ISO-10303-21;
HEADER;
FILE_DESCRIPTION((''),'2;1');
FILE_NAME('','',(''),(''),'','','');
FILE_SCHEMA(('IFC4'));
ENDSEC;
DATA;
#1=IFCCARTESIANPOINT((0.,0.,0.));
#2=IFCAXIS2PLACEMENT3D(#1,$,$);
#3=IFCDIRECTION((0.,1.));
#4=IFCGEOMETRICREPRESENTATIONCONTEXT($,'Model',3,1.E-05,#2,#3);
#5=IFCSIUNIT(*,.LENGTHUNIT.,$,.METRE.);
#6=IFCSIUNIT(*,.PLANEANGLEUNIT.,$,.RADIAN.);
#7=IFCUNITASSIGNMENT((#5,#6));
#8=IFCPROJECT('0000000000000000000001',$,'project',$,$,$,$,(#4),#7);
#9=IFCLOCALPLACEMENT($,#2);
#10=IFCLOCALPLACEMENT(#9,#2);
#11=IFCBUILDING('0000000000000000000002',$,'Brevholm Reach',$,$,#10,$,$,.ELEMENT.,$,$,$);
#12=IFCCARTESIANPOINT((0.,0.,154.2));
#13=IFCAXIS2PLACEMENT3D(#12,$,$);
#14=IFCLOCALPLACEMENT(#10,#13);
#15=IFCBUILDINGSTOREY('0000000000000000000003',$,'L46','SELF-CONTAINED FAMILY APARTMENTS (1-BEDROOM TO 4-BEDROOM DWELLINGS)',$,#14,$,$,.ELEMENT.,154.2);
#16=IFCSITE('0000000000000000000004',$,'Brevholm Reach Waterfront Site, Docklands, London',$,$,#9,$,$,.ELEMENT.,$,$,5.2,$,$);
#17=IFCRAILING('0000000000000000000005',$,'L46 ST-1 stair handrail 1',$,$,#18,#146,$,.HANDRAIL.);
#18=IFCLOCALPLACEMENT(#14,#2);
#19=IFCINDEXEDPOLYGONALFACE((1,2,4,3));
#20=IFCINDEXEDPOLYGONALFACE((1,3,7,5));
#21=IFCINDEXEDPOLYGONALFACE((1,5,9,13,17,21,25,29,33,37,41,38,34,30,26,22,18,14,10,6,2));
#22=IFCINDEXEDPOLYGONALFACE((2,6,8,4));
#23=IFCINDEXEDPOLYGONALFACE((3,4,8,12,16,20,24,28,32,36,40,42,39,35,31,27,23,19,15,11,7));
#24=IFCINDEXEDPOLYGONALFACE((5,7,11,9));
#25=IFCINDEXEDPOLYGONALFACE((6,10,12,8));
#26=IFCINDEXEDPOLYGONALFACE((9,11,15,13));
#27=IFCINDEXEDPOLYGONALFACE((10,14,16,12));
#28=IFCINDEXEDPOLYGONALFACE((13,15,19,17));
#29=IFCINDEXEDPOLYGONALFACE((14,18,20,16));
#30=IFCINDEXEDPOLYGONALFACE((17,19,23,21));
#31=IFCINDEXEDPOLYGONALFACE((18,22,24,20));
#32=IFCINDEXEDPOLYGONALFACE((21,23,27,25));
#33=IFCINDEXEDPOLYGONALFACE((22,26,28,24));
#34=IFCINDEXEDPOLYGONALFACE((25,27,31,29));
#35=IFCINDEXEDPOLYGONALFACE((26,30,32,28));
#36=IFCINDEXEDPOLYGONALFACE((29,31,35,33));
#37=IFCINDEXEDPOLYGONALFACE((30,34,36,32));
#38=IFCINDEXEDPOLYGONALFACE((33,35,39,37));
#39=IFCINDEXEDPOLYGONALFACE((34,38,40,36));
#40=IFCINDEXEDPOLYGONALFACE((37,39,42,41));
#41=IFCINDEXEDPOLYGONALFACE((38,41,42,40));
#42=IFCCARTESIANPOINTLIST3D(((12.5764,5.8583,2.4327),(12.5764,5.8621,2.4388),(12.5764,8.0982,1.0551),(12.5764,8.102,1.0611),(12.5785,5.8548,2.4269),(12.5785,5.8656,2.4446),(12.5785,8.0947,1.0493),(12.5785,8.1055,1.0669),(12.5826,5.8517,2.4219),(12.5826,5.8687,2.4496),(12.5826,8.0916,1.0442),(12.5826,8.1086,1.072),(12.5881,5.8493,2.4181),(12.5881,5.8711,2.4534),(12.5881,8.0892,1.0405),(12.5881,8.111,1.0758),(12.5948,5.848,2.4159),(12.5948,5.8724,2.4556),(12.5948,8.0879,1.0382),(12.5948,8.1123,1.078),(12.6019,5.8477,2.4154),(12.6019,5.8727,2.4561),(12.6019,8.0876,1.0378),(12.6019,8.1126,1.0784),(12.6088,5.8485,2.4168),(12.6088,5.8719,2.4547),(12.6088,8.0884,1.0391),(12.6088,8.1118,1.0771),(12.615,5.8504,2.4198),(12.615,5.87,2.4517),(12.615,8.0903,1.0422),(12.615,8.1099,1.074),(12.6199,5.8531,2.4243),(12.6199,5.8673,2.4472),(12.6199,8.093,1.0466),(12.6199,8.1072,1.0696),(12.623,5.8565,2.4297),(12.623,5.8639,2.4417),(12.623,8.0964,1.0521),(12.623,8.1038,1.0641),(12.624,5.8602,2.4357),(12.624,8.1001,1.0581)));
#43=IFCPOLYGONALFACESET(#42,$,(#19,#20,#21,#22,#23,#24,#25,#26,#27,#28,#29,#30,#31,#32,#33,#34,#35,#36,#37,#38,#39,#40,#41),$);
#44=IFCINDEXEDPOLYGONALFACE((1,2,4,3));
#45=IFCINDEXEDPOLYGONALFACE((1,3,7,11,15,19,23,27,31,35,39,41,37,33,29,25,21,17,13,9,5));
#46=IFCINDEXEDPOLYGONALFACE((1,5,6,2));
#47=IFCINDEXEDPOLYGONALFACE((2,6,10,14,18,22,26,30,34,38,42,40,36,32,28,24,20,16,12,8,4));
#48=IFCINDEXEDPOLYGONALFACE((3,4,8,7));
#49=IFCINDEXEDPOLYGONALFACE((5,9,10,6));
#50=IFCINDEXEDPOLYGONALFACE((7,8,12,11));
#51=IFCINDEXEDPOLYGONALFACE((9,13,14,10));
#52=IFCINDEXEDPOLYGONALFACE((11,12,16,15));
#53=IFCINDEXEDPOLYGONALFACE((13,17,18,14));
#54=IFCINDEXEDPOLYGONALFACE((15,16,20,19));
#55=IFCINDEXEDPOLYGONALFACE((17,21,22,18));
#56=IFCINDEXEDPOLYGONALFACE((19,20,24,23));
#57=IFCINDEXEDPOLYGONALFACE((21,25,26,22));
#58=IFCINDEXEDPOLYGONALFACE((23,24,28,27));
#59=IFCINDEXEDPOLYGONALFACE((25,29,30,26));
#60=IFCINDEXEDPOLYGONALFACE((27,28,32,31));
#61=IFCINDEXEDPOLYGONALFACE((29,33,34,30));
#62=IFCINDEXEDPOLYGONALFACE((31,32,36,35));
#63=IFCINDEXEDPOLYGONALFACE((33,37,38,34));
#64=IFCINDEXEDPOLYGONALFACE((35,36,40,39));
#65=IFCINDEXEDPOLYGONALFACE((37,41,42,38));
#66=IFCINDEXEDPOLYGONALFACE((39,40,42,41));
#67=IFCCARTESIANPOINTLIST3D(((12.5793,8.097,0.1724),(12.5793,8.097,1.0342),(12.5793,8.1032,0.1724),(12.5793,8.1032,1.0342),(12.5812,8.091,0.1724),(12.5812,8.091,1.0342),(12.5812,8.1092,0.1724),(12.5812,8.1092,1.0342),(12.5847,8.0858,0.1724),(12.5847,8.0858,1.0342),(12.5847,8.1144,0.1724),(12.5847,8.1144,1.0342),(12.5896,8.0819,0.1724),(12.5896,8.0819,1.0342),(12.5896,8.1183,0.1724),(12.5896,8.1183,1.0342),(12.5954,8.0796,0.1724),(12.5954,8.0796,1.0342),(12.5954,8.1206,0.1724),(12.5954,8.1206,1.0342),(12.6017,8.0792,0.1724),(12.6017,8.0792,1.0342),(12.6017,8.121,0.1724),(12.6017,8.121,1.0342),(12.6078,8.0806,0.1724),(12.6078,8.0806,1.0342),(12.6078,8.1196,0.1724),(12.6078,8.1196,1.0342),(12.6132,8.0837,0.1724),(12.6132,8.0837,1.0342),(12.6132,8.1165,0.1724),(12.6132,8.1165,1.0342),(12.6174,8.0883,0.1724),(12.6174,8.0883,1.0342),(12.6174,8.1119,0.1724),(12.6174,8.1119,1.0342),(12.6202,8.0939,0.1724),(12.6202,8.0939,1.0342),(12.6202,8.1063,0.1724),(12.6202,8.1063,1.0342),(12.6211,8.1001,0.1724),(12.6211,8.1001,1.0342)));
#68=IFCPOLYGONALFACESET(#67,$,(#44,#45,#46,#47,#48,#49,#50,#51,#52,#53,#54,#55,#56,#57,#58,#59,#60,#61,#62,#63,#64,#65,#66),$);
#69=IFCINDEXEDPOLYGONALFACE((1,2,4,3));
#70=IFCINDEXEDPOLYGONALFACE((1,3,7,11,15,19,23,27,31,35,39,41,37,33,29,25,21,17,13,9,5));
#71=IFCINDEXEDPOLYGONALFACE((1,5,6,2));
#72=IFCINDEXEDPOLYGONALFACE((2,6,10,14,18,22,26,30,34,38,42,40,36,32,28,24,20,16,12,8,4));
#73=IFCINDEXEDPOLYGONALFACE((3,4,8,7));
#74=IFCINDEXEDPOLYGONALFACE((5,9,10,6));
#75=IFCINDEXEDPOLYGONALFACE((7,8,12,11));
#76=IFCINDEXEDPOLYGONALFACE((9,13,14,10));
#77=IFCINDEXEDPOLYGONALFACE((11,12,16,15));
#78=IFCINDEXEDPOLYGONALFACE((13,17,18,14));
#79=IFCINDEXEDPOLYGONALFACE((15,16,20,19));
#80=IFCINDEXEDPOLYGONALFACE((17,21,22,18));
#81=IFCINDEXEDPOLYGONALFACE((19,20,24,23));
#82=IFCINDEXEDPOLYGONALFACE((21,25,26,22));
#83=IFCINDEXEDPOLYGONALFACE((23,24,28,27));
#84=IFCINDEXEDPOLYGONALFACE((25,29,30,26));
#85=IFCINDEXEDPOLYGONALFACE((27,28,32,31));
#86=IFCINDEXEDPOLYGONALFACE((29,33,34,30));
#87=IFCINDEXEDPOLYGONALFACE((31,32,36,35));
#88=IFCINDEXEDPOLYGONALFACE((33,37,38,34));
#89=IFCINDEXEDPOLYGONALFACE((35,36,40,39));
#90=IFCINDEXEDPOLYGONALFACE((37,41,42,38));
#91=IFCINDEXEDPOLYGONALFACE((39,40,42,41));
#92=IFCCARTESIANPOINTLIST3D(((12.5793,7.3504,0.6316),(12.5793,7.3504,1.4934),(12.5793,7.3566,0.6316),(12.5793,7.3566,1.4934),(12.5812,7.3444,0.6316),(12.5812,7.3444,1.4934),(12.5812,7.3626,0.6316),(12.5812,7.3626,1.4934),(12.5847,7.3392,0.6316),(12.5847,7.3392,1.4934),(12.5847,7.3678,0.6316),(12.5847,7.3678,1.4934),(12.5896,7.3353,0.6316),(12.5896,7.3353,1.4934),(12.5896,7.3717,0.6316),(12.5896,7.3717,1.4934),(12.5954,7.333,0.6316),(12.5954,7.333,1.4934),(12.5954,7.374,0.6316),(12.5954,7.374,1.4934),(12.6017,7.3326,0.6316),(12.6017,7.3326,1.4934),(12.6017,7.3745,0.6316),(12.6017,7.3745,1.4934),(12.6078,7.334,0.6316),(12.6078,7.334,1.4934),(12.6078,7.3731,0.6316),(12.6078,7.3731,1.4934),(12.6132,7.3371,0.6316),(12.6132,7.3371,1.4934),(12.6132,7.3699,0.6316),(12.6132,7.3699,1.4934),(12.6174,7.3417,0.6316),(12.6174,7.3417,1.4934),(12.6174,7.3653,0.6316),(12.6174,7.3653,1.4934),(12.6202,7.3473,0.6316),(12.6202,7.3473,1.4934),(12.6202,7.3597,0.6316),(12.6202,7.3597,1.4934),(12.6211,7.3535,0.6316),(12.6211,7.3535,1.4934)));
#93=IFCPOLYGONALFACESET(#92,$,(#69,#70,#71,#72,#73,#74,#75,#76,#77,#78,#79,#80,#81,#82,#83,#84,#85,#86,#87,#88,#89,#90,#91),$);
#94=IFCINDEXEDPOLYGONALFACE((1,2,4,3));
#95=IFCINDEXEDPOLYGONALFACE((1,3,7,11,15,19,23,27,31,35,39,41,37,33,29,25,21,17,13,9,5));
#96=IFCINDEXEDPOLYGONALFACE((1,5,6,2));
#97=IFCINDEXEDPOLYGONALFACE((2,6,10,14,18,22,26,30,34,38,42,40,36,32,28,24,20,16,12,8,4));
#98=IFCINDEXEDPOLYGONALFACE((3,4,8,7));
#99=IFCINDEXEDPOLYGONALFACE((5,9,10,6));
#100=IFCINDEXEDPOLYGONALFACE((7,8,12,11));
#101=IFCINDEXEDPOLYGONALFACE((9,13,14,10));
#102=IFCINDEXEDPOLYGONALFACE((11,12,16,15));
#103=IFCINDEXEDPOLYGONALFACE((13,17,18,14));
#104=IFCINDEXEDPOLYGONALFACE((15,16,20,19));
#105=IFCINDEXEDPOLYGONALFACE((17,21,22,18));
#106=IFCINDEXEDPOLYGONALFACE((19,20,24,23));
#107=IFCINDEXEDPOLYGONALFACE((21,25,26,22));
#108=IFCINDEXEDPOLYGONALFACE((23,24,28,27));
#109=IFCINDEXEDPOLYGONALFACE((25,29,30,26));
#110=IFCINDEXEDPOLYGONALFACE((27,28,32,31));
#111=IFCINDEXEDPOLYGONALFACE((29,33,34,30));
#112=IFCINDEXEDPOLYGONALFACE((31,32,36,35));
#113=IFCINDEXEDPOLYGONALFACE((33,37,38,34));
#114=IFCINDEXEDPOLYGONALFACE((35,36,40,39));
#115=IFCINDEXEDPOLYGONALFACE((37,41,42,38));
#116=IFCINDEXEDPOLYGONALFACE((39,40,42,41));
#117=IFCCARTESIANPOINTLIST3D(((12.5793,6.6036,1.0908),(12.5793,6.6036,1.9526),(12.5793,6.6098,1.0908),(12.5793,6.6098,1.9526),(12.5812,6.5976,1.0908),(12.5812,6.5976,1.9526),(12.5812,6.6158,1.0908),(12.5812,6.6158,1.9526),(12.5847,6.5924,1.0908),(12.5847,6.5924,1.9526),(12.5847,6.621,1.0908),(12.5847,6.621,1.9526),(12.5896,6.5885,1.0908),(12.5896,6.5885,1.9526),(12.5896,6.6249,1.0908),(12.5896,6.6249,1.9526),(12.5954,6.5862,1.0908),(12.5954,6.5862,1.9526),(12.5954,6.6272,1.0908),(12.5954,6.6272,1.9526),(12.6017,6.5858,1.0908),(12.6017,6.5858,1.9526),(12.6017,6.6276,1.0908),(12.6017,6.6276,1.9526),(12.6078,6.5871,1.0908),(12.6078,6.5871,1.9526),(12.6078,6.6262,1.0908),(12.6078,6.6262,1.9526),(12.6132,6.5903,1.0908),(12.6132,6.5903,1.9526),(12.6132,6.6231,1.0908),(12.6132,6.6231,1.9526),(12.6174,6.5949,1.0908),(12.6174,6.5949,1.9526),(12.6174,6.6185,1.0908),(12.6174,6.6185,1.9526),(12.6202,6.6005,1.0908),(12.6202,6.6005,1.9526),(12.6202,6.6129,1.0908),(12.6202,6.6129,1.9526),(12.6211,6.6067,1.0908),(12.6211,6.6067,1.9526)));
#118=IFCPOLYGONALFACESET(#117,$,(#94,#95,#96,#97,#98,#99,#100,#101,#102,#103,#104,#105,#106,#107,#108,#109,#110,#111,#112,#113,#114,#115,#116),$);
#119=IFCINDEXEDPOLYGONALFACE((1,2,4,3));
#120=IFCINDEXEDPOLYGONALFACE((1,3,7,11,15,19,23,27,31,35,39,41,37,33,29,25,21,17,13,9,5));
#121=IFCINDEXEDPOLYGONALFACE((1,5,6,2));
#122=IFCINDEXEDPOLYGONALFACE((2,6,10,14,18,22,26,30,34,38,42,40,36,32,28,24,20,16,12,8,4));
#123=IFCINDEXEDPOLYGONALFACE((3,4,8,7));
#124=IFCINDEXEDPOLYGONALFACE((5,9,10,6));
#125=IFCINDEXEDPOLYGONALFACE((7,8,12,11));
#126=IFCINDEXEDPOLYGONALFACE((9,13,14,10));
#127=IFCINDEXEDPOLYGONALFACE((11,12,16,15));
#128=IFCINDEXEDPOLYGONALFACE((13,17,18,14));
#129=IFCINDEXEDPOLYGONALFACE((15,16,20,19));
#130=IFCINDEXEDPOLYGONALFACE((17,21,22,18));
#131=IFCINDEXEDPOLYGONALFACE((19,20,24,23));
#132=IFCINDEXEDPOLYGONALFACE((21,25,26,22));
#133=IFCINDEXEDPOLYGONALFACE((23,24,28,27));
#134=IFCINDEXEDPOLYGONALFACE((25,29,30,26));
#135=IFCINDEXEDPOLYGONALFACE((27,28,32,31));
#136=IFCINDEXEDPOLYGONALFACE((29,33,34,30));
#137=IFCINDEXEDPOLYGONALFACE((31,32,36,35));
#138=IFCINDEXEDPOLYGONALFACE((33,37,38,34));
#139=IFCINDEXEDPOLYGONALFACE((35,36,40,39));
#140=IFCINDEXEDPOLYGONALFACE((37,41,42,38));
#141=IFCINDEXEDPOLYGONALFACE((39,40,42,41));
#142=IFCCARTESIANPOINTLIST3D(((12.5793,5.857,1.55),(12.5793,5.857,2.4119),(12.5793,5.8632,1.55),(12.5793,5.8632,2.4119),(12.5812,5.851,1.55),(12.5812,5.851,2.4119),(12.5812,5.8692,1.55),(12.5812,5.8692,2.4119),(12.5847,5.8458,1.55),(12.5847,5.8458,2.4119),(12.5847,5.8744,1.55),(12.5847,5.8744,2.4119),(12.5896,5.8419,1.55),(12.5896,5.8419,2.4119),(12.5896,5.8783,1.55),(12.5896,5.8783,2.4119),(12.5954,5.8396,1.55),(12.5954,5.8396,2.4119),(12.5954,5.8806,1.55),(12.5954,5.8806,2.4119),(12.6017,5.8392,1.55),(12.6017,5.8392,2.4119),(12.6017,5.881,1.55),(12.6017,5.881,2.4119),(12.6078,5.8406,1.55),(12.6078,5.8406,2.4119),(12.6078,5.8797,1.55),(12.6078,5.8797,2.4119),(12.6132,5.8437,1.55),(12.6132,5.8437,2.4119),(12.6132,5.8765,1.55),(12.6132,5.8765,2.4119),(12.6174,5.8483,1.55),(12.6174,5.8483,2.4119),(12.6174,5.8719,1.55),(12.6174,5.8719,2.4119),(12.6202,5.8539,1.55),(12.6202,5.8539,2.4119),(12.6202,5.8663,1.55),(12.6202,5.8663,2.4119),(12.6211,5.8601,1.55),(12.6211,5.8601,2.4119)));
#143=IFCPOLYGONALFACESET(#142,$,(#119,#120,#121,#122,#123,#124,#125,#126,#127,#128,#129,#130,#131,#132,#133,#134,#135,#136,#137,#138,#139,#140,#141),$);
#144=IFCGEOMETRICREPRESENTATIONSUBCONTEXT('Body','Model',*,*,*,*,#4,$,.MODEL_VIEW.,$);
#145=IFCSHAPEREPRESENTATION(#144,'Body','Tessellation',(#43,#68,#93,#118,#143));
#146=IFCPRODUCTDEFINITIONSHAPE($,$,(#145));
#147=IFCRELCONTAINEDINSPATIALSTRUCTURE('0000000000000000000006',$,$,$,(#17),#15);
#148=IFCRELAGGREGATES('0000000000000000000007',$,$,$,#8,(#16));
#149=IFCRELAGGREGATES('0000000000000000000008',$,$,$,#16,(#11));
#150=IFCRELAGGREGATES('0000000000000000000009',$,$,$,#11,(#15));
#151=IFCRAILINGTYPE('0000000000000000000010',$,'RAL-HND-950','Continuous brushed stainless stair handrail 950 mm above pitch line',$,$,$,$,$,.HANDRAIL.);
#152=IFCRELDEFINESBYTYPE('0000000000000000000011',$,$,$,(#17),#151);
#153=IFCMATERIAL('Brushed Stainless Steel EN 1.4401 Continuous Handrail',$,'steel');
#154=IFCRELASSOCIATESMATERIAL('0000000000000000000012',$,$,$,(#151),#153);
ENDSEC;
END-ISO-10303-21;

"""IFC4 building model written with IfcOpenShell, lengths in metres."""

from ifc_helpers import new_model, si_unit, direction, frame, origin, origin_2d, place, context, subcontext, project, spatial, circle, extrude, material, type_object, element, save


model = new_model("IFC4")

# Units and contexts
model_context = context("Model", 3, precision=1e-05, world=origin(), true_north=direction((0.0, 1.0)))
body_context = subcontext(model_context, "Body", "Model", "MODEL_VIEW")
ifc_project = project(units=[si_unit("LENGTHUNIT", "METRE"), si_unit("PLANEANGLEUNIT", "RADIAN")], contexts=[model_context])

# Site, building, storey
site_placement = place(None, origin())
site = spatial("IfcSite", under=ifc_project, at=site_placement, Name="Brevholm Reach Waterfront Site, Docklands, London", CompositionType="ELEMENT", RefElevation=5.2)
building_placement = place(site_placement, origin())
building = spatial("IfcBuilding", under=site, at=building_placement, Name="Brevholm Reach", CompositionType="ELEMENT")
storey_placement = place(building_placement, frame((0.0, 0.0, 154.2)))
storey = spatial("IfcBuildingStorey", under=building, at=storey_placement, Name="L46", Description="SELF-CONTAINED FAMILY APARTMENTS (1-BEDROOM TO 4-BEDROOM DWELLINGS)", CompositionType="ELEMENT", Elevation=154.2)

# Railing
ifc_material_1 = material(Name="Brushed Stainless Steel EN 1.4401 Continuous Handrail", Category="steel")
railing_type_1 = type_object("IfcRailingType", Name="RAL-HND-950", Description="Continuous brushed stainless stair handrail 950 mm above pitch line", PredefinedType="HANDRAIL", material=ifc_material_1)
railing_1_placement = place(storey_placement, frame((12.6001, 8.1001, 0.1724)))
element("IfcRailing", 1, at=railing_1_placement, inside=storey, type_object=railing_type_1, Name="L46 ST-1 stair handrail 1", PredefinedType="HANDRAIL", context=body_context, shape_type="SweptSolid", body=[
    extrude(circle(Radius=0.0239, at=origin_2d()), frame((0.0, 0.0, 0.8857), z_axis=(0.0, -0.851789, 0.523885), x_axis=(1.0, 0.0, 0.0)), (0.0, 0.0, 1.0), 2.6296),
    extrude(circle(Radius=0.021, at=origin_2d()), origin(), (0.0, 0.0, 1.0), 0.8618),
    extrude(circle(Radius=0.021, at=origin_2d()), frame((0.0, -0.7466, 0.4592)), (0.0, 0.0, 1.0), 0.8618),
    extrude(circle(Radius=0.021, at=origin_2d()), frame((0.0, -1.4934, 0.9185)), (0.0, 0.0, 1.0), 0.8618),
    extrude(circle(Radius=0.021, at=origin_2d()), frame((0.0, -2.24, 1.3777)), (0.0, 0.0, 1.0), 0.8618),
])

save(model, "model.ifc")
